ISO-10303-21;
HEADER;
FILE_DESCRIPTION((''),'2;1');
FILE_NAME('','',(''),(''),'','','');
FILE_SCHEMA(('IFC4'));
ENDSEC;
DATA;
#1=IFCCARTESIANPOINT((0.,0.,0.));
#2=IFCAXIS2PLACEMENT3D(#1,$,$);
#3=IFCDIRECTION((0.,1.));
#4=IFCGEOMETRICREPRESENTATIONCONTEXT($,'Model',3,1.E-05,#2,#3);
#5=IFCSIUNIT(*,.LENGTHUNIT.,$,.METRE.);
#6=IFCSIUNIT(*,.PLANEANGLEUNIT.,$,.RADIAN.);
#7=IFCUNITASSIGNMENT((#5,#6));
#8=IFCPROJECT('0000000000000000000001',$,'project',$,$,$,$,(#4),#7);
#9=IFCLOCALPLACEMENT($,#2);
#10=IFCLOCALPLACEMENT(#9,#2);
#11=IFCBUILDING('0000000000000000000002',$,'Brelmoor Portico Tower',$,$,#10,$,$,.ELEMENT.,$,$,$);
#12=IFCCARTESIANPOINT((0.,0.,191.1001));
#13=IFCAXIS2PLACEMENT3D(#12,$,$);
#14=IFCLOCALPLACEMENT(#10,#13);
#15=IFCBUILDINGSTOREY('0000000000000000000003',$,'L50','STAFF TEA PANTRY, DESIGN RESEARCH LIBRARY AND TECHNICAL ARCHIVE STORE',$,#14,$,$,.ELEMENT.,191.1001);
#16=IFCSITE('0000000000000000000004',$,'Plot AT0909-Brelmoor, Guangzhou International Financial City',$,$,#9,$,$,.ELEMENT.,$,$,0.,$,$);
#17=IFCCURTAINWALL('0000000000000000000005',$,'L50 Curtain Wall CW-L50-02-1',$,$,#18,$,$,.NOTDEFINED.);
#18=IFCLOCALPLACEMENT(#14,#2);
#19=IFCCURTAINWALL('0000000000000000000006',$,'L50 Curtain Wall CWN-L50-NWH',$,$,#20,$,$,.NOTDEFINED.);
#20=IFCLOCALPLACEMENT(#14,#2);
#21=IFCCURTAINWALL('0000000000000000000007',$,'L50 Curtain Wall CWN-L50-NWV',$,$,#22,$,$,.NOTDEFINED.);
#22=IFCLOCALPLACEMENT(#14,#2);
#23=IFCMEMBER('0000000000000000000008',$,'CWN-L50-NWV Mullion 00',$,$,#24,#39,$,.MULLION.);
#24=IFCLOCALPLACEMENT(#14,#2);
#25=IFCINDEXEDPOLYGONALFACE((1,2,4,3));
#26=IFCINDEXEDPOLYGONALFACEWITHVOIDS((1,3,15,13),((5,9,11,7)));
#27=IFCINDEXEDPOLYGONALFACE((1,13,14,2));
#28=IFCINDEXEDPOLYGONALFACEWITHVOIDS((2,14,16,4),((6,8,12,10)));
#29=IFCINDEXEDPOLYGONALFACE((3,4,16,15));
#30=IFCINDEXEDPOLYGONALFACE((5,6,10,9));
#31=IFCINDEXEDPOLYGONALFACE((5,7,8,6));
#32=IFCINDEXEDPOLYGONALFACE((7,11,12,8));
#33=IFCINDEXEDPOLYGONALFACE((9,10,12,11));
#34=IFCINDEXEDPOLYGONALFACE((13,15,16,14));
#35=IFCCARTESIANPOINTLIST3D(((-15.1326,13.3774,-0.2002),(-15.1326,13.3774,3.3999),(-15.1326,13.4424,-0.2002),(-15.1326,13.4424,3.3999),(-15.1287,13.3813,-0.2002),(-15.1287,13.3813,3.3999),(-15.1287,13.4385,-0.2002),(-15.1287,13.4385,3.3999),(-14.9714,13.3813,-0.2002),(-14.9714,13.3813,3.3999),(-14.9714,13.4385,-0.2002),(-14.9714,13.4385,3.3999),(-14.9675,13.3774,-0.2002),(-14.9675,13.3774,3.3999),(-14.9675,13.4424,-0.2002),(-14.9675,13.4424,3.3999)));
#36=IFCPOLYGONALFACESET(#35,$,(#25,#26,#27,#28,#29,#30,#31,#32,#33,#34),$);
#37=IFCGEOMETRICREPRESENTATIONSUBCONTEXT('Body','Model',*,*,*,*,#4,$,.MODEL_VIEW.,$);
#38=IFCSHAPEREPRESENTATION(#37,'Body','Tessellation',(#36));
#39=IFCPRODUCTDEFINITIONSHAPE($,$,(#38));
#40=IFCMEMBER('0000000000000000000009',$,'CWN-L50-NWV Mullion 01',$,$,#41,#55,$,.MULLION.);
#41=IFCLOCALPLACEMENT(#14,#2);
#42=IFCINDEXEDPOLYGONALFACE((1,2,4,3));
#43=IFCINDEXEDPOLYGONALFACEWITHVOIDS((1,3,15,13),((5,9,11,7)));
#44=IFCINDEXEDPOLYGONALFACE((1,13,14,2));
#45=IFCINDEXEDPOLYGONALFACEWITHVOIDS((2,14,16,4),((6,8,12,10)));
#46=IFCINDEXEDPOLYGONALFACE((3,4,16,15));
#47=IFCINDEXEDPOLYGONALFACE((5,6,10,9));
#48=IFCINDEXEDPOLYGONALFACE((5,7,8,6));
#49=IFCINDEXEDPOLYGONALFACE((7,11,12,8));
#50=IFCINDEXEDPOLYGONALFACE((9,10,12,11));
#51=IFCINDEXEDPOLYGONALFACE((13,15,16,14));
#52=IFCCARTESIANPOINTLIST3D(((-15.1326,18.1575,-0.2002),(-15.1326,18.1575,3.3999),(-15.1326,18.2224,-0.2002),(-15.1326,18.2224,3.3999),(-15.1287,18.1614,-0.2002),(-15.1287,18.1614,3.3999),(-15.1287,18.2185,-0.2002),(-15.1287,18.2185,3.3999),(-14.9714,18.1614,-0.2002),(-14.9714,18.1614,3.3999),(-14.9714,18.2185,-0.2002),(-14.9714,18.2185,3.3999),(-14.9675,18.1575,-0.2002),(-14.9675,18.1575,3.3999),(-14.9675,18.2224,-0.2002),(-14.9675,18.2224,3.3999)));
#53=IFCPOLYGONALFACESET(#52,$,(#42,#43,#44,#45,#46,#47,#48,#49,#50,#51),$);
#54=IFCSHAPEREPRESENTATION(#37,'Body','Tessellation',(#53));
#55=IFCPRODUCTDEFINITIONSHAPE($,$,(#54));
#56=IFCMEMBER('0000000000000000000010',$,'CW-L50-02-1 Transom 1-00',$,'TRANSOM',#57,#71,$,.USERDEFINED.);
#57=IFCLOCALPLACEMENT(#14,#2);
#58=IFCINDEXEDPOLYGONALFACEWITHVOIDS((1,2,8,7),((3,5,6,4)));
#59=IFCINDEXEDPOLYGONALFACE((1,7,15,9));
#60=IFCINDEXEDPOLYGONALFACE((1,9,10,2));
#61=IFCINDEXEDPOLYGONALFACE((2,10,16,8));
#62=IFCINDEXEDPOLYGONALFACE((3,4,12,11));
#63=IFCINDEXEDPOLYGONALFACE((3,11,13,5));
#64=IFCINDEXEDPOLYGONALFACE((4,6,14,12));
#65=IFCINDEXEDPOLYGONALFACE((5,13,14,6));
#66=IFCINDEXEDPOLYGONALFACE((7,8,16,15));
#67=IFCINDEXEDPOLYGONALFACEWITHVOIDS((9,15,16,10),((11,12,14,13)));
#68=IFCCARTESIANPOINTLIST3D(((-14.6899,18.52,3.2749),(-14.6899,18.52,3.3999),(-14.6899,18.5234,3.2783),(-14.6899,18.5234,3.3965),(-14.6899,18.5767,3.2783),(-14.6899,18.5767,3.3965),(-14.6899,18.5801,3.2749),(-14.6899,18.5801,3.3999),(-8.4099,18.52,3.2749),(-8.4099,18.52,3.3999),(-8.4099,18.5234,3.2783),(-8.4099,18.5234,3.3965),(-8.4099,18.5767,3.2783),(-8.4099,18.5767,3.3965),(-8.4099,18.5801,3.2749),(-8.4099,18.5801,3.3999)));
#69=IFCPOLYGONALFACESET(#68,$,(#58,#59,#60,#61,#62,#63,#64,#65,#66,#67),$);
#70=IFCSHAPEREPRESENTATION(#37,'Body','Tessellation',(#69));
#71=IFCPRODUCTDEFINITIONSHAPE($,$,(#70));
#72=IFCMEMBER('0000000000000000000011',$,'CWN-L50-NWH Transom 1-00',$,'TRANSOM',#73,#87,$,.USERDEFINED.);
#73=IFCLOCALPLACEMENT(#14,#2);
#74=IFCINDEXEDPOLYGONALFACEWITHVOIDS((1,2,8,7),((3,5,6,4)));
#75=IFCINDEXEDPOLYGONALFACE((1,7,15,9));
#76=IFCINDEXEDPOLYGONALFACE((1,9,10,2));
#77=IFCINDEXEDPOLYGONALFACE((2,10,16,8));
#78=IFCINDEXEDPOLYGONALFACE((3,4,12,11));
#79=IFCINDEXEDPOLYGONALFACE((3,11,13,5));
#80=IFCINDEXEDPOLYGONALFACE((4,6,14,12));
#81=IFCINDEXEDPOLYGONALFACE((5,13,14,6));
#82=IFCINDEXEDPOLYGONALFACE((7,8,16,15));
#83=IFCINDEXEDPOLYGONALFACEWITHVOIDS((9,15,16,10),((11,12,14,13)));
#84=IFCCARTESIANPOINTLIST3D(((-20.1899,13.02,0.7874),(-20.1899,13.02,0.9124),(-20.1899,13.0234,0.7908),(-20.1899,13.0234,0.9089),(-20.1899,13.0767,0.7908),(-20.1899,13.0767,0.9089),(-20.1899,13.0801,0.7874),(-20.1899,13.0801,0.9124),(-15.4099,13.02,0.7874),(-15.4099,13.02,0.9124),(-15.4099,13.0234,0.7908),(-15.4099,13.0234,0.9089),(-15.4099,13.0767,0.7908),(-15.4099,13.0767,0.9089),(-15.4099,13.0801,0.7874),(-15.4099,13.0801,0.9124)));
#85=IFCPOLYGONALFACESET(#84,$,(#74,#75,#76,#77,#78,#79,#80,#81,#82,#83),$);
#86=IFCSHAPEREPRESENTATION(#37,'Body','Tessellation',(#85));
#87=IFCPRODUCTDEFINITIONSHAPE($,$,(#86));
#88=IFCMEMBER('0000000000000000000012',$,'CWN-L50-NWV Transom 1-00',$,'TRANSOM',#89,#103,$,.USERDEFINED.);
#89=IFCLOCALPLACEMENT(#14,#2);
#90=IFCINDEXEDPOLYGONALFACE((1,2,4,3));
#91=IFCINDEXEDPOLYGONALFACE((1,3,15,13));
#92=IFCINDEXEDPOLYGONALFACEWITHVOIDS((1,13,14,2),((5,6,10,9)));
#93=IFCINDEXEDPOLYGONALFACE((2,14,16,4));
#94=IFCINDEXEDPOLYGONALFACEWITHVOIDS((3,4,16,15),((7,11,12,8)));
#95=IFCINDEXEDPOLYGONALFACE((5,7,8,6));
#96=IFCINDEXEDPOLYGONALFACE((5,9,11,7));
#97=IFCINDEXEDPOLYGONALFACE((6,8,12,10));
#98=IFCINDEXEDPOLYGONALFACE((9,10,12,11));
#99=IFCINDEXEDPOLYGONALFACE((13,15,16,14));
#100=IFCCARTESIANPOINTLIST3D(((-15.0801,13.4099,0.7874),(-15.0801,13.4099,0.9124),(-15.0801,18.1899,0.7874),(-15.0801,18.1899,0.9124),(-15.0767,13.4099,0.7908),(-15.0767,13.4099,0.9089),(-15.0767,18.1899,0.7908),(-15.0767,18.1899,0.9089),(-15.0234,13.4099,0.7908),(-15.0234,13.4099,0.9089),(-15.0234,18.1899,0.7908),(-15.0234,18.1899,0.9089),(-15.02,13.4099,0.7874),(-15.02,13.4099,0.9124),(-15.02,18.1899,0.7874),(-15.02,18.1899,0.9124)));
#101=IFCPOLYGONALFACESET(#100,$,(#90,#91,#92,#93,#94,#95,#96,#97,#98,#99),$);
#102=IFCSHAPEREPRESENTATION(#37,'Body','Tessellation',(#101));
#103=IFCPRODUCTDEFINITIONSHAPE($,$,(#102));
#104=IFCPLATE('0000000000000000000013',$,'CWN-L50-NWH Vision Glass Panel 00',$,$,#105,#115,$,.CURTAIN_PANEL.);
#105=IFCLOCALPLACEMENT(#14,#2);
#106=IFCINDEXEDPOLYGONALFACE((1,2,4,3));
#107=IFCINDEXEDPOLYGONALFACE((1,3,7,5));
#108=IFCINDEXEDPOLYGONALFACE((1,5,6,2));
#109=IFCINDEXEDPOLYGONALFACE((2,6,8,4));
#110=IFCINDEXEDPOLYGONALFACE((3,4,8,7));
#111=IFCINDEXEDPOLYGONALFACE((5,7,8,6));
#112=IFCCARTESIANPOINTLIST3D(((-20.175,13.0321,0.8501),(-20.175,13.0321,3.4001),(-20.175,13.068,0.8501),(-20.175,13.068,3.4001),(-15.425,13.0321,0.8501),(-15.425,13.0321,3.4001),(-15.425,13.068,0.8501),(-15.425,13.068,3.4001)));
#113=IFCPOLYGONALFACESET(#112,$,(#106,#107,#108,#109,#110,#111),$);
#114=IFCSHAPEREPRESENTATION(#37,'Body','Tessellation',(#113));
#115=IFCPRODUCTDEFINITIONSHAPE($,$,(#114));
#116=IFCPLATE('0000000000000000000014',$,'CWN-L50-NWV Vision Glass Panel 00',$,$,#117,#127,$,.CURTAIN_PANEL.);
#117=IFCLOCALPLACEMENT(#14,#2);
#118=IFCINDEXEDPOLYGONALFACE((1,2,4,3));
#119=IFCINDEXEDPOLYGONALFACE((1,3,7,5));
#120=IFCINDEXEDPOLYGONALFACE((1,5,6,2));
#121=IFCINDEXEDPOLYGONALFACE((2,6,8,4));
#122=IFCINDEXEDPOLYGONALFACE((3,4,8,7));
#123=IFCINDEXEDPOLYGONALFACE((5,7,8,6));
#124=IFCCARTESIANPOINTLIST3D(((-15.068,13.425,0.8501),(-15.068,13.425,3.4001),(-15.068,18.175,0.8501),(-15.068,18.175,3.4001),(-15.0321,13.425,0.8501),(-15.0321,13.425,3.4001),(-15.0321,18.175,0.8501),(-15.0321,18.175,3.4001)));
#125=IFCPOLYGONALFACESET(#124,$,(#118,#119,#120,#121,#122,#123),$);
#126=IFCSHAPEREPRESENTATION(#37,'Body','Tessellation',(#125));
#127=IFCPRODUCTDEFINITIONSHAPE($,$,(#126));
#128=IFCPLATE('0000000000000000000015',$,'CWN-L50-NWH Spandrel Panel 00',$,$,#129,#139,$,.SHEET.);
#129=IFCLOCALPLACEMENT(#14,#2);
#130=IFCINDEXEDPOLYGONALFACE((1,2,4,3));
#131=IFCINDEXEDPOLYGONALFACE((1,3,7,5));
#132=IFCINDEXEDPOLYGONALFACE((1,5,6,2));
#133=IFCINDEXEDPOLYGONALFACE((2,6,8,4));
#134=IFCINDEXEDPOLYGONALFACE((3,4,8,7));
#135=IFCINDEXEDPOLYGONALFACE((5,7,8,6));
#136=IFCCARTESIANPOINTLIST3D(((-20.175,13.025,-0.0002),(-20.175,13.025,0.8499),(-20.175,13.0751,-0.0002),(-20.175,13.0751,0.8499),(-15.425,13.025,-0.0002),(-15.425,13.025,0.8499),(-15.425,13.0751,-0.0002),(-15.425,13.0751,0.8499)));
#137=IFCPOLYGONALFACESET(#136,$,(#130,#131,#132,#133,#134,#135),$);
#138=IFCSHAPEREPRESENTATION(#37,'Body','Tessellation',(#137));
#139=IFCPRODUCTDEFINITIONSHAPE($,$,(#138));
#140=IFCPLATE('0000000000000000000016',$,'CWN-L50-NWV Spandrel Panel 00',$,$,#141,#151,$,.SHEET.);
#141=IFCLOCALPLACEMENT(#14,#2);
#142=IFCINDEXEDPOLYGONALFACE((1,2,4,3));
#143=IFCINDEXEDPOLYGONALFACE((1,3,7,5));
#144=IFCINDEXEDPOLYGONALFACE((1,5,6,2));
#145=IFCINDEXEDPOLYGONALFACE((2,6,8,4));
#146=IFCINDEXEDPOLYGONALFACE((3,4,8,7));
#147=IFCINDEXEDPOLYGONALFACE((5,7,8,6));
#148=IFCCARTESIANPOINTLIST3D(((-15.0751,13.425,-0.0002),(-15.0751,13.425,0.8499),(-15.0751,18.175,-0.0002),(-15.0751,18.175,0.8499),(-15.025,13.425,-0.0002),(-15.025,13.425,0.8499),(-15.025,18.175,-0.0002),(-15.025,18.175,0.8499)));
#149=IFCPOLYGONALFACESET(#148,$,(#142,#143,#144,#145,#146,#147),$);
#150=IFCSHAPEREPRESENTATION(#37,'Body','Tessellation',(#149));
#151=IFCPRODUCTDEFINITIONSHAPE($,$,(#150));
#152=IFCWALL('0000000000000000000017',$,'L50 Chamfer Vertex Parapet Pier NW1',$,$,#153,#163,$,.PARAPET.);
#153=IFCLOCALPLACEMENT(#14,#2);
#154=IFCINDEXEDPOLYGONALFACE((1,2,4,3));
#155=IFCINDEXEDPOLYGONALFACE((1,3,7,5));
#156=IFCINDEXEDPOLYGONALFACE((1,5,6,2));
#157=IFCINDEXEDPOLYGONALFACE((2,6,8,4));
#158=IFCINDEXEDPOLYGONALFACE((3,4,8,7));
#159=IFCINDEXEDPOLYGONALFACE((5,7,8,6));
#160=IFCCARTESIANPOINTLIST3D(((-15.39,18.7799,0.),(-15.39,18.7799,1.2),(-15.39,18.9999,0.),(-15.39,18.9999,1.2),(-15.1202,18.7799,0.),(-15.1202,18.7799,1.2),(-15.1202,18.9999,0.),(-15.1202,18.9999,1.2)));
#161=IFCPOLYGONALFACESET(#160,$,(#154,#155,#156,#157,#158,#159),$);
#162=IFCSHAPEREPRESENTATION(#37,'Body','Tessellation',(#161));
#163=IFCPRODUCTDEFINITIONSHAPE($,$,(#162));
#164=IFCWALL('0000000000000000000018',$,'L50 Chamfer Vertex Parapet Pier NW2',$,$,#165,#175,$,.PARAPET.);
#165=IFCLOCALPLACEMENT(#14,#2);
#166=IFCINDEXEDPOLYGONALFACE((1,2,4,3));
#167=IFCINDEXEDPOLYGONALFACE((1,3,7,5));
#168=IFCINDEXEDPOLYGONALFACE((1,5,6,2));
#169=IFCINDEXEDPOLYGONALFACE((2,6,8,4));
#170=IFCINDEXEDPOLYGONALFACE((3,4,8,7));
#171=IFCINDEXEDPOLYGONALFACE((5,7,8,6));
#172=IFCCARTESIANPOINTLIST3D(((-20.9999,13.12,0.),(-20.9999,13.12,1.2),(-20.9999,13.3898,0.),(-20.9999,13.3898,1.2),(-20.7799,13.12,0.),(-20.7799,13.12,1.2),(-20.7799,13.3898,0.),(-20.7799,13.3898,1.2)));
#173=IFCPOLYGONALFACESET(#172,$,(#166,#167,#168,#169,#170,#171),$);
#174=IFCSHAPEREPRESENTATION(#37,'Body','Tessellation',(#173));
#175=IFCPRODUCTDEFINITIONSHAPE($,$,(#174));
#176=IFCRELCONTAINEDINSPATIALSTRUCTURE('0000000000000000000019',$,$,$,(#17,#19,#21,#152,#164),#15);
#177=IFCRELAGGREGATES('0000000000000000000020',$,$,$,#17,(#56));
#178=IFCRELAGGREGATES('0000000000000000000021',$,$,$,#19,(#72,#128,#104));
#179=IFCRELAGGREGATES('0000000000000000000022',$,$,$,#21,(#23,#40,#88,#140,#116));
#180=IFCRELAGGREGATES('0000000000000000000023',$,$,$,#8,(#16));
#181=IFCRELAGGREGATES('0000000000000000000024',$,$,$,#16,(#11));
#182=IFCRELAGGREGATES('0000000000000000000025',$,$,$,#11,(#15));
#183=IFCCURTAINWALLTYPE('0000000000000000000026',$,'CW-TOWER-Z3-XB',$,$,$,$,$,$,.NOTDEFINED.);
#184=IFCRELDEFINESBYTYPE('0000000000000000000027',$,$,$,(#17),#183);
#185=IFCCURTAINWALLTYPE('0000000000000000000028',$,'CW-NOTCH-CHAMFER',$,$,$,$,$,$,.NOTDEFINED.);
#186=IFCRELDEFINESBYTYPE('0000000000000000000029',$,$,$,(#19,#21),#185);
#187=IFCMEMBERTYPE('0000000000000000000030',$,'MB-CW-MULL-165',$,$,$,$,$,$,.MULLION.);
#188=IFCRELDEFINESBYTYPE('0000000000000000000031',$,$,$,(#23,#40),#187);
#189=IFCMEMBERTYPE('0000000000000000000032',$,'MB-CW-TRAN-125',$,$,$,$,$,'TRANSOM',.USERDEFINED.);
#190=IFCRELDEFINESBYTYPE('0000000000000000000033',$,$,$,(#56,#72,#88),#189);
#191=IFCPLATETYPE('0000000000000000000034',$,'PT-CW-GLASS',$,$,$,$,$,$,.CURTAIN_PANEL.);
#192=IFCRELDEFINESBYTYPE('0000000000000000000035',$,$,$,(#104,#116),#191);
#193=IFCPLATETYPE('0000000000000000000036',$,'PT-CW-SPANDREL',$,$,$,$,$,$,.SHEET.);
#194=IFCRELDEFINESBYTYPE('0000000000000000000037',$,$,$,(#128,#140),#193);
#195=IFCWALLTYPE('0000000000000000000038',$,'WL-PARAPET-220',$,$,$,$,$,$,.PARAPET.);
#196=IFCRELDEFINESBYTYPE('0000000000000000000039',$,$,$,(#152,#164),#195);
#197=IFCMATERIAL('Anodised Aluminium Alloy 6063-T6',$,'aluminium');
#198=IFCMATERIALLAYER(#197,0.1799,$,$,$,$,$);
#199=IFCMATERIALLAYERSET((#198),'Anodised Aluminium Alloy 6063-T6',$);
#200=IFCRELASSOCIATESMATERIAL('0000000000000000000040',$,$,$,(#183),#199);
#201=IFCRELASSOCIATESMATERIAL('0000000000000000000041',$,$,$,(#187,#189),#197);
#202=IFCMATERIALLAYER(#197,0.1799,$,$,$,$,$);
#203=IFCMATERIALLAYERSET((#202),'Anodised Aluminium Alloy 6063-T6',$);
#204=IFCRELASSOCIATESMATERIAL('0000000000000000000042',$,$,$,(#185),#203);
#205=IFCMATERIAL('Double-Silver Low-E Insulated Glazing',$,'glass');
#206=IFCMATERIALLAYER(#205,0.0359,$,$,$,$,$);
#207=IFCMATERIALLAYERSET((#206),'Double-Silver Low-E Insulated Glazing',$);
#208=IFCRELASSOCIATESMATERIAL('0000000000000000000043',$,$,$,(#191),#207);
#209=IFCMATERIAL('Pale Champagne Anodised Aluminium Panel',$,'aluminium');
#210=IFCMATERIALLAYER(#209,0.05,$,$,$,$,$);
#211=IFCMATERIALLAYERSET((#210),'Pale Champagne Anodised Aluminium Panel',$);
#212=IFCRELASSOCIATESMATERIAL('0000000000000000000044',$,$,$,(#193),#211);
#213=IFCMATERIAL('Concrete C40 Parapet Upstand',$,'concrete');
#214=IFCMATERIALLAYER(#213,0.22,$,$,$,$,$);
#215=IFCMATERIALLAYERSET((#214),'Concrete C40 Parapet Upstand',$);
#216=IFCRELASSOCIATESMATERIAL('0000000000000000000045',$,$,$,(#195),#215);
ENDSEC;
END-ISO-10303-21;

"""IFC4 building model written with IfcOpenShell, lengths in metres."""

from ifc_helpers import new_model, si_unit, direction, frame, frame_2d, origin, origin_2d, place, context, subcontext, project, spatial, rectangle, hollow_rectangle, extrude, material, layer, layer_set, material_profile, profile_set, type_object, element, aggregate, save


model = new_model("IFC4")

# Units and contexts
model_context = context("Model", 3, precision=1e-05, world=origin(), true_north=direction((0.0, 1.0)))
body_context = subcontext(model_context, "Body", "Model", "MODEL_VIEW")
ifc_project = project(units=[si_unit("LENGTHUNIT", "METRE"), si_unit("PLANEANGLEUNIT", "RADIAN")], contexts=[model_context])

# Site, building, storey
site_placement = place(None, origin())
site = spatial("IfcSite", under=ifc_project, at=site_placement, Name="Plot AT0909-Brelmoor, Guangzhou International Financial City", CompositionType="ELEMENT", RefElevation=0.0)
building_placement = place(site_placement, origin())
building = spatial("IfcBuilding", under=site, at=building_placement, Name="Brelmoor Portico Tower", CompositionType="ELEMENT")
storey_placement = place(building_placement, frame((0.0, 0.0, 191.1001)))
storey = spatial("IfcBuildingStorey", under=building, at=storey_placement, Name="L50", Description="STAFF TEA PANTRY, DESIGN RESEARCH LIBRARY AND TECHNICAL ARCHIVE STORE", CompositionType="ELEMENT", Elevation=191.1001)

# Curtain wall
ifc_material_1 = material(Name="Anodised Aluminium Alloy 6063-T6", Category="aluminium")
ifc_layer_1 = layer(ifc_material_1, 0.1799)
ifc_layer_set_1 = layer_set([ifc_layer_1], Name="Anodised Aluminium Alloy 6063-T6")
curtain_wall_type_1 = type_object("IfcCurtainWallType", Name="CW-TOWER-Z3-XB", PredefinedType="NOTDEFINED", material=ifc_layer_set_1)
curtain_wall_1_placement = place(storey_placement, origin())
curtain_wall_1 = element("IfcCurtainWall", 1, at=curtain_wall_1_placement, inside=storey, type_object=curtain_wall_type_1, Name="L50 Curtain Wall CW-L50-02-1", PredefinedType="NOTDEFINED")
ifc_material_profile_1 = material_profile(ifc_material_1, hollow_rectangle(XDim=0.0649, YDim=0.165, WallThickness=0.0039, at=origin_2d()), Name="ALU MULLION 65x165")
ifc_profile_set_1 = profile_set([ifc_material_profile_1], Name="Anodised Aluminium Alloy 6063-T6")
member_type_1 = type_object("IfcMemberType", Name="MB-CW-MULL-165", PredefinedType="MULLION", material=ifc_profile_set_1)

# Curtain walls, members
ifc_layer_2 = layer(ifc_material_1, 0.1799)
ifc_layer_set_2 = layer_set([ifc_layer_2], Name="Anodised Aluminium Alloy 6063-T6")
curtain_wall_type_2 = type_object("IfcCurtainWallType", Name="CW-NOTCH-CHAMFER", PredefinedType="NOTDEFINED", material=ifc_layer_set_2)
curtain_wall_2_placement = place(storey_placement, origin())
curtain_wall_2 = element("IfcCurtainWall", 2, at=curtain_wall_2_placement, inside=storey, type_object=curtain_wall_type_2, Name="L50 Curtain Wall CWN-L50-NWH", PredefinedType="NOTDEFINED")
curtain_wall_3_placement = place(storey_placement, origin())
curtain_wall_3 = element("IfcCurtainWall", 3, at=curtain_wall_3_placement, inside=storey, type_object=curtain_wall_type_2, Name="L50 Curtain Wall CWN-L50-NWV", PredefinedType="NOTDEFINED")
member_1_placement = place(storey_placement, frame((-15.05, 13.4099, -0.2002), z_axis=(0.0, 0.0, 1.0), x_axis=(0.0, 1.0, 0.0)))
member_1 = element("IfcMember", 4, at=member_1_placement, type_object=member_type_1, Name="CWN-L50-NWV Mullion 00", PredefinedType="MULLION", context=body_context, shape_type="SweptSolid", body=[
    extrude(hollow_rectangle(XDim=0.0649, YDim=0.165, WallThickness=0.0039, at=origin_2d()), origin(), (0.0, 0.0, 1.0), 3.6001),
])
member_2_placement = place(storey_placement, frame((-15.05, 18.1899, -0.2002), z_axis=(0.0, 0.0, 1.0), x_axis=(0.0, 1.0, 0.0)))
member_2 = element("IfcMember", 5, at=member_2_placement, type_object=member_type_1, Name="CWN-L50-NWV Mullion 01", PredefinedType="MULLION", context=body_context, shape_type="SweptSolid", body=[
    extrude(hollow_rectangle(XDim=0.0649, YDim=0.165, WallThickness=0.0039, at=origin_2d()), origin(), (0.0, 0.0, 1.0), 3.6001),
])

# Members
ifc_material_profile_2 = material_profile(ifc_material_1, hollow_rectangle(XDim=0.0601, YDim=0.125, WallThickness=0.0034, at=origin_2d()), Name="ALU TRANSOM 60x125")
ifc_profile_set_2 = profile_set([ifc_material_profile_2], Name="Anodised Aluminium Alloy 6063-T6")
member_type_2 = type_object("IfcMemberType", Name="MB-CW-TRAN-125", ElementType="TRANSOM", PredefinedType="USERDEFINED", material=ifc_profile_set_2)
member_3_placement = place(storey_placement, frame((-14.6899, 18.55, 3.3374), z_axis=(1.0, 0.0, 0.0), x_axis=(0.0, 1.0, 0.0)))
member_3 = element("IfcMember", 6, at=member_3_placement, type_object=member_type_2, Name="CW-L50-02-1 Transom 1-00", ObjectType="TRANSOM", PredefinedType="USERDEFINED", context=body_context, shape_type="SweptSolid", body=[
    extrude(hollow_rectangle(XDim=0.0601, YDim=0.125, WallThickness=0.0034, at=origin_2d()), origin(), (0.0, 0.0, 1.0), 6.28),
])
aggregate(curtain_wall_1, [member_3])
member_4_placement = place(storey_placement, frame((-20.1899, 13.05, 0.8499), z_axis=(1.0, 0.0, 0.0), x_axis=(0.0, 1.0, 0.0)))
member_4 = element("IfcMember", 7, at=member_4_placement, type_object=member_type_2, Name="CWN-L50-NWH Transom 1-00", ObjectType="TRANSOM", PredefinedType="USERDEFINED", context=body_context, shape_type="SweptSolid", body=[
    extrude(hollow_rectangle(XDim=0.0601, YDim=0.125, WallThickness=0.0034, at=origin_2d()), origin(), (0.0, 0.0, 1.0), 4.78),
])
member_5_placement = place(storey_placement, frame((-15.05, 13.4099, 0.8499), z_axis=(0.0, 1.0, 0.0), x_axis=(-1.0, 0.0, 0.0)))
member_5 = element("IfcMember", 8, at=member_5_placement, type_object=member_type_2, Name="CWN-L50-NWV Transom 1-00", ObjectType="TRANSOM", PredefinedType="USERDEFINED", context=body_context, shape_type="SweptSolid", body=[
    extrude(hollow_rectangle(XDim=0.0601, YDim=0.125, WallThickness=0.0034, at=origin_2d()), origin(), (0.0, 0.0, 1.0), 4.78),
])

# Plates
ifc_material_2 = material(Name="Double-Silver Low-E Insulated Glazing", Category="glass")
ifc_layer_3 = layer(ifc_material_2, 0.0359)
ifc_layer_set_3 = layer_set([ifc_layer_3], Name="Double-Silver Low-E Insulated Glazing")
plate_type_1 = type_object("IfcPlateType", Name="PT-CW-GLASS", PredefinedType="CURTAIN_PANEL", material=ifc_layer_set_3)
plate_1_placement = place(storey_placement, frame((-17.8, 13.05, 0.8501), z_axis=(0.0, 0.0, 1.0), x_axis=(1.0, 0.0, 0.0)))
plate_1 = element("IfcPlate", 9, at=plate_1_placement, type_object=plate_type_1, Name="CWN-L50-NWH Vision Glass Panel 00", PredefinedType="CURTAIN_PANEL", context=body_context, shape_type="SweptSolid", body=[
    extrude(rectangle(XDim=4.75, YDim=0.0359, at=origin_2d()), origin(), (0.0, 0.0, 1.0), 2.55),
])
plate_2_placement = place(storey_placement, frame((-15.05, 15.8, 0.8501), z_axis=(0.0, 0.0, 1.0), x_axis=(0.0, 1.0, 0.0)))
plate_2 = element("IfcPlate", 10, at=plate_2_placement, type_object=plate_type_1, Name="CWN-L50-NWV Vision Glass Panel 00", PredefinedType="CURTAIN_PANEL", context=body_context, shape_type="SweptSolid", body=[
    extrude(rectangle(XDim=4.75, YDim=0.0359, at=origin_2d()), origin(), (0.0, 0.0, 1.0), 2.55),
])
ifc_material_3 = material(Name="Pale Champagne Anodised Aluminium Panel", Category="aluminium")
ifc_layer_4 = layer(ifc_material_3, 0.05)
ifc_layer_set_4 = layer_set([ifc_layer_4], Name="Pale Champagne Anodised Aluminium Panel")
plate_type_2 = type_object("IfcPlateType", Name="PT-CW-SPANDREL", PredefinedType="SHEET", material=ifc_layer_set_4)
plate_3_placement = place(storey_placement, frame((-17.8, 13.05, -0.0002), z_axis=(0.0, 0.0, 1.0), x_axis=(1.0, 0.0, 0.0)))
plate_3 = element("IfcPlate", 11, at=plate_3_placement, type_object=plate_type_2, Name="CWN-L50-NWH Spandrel Panel 00", PredefinedType="SHEET", context=body_context, shape_type="SweptSolid", body=[
    extrude(rectangle(XDim=4.75, YDim=0.05, at=origin_2d()), origin(), (0.0, 0.0, 1.0), 0.8501),
])
aggregate(curtain_wall_2, [member_4, plate_3, plate_1])
plate_4_placement = place(storey_placement, frame((-15.05, 15.8, -0.0002), z_axis=(0.0, 0.0, 1.0), x_axis=(0.0, 1.0, 0.0)))
plate_4 = element("IfcPlate", 12, at=plate_4_placement, type_object=plate_type_2, Name="CWN-L50-NWV Spandrel Panel 00", PredefinedType="SHEET", context=body_context, shape_type="SweptSolid", body=[
    extrude(rectangle(XDim=4.75, YDim=0.05, at=origin_2d()), origin(), (0.0, 0.0, 1.0), 0.8501),
])
aggregate(curtain_wall_3, [member_1, member_2, member_5, plate_4, plate_2])

# Walls
ifc_material_4 = material(Name="Concrete C40 Parapet Upstand", Category="concrete")
ifc_layer_5 = layer(ifc_material_4, 0.22)
ifc_layer_set_5 = layer_set([ifc_layer_5], Name="Concrete C40 Parapet Upstand")
wall_type = type_object("IfcWallType", Name="WL-PARAPET-220", PredefinedType="PARAPET", material=ifc_layer_set_5)
for number, where, z_axis, x_axis, name in (
    (13, (-15.3899, 18.8899, 0.0), (0.0, 0.0, 1.0), (1.0, 0.0, 0.0), "L50 Chamfer Vertex Parapet Pier NW1"),
    (14, (-20.8899, 13.1201, 0.0), (0.0, 0.0, 1.0), (0.0, 1.0, 0.0), "L50 Chamfer Vertex Parapet Pier NW2"),
):
    element("IfcWall", number, at=place(storey_placement, frame(where, z_axis=z_axis, x_axis=x_axis)), inside=storey, type_object=wall_type, Name=name, PredefinedType="PARAPET", context=body_context, shape_type="SweptSolid", body=[
        extrude(rectangle(XDim=0.2698, YDim=0.22, at=frame_2d((0.1348, 0.0))), origin(), (0.0, 0.0, 1.0), 1.2),
    ])

save(model, "model.ifc")
